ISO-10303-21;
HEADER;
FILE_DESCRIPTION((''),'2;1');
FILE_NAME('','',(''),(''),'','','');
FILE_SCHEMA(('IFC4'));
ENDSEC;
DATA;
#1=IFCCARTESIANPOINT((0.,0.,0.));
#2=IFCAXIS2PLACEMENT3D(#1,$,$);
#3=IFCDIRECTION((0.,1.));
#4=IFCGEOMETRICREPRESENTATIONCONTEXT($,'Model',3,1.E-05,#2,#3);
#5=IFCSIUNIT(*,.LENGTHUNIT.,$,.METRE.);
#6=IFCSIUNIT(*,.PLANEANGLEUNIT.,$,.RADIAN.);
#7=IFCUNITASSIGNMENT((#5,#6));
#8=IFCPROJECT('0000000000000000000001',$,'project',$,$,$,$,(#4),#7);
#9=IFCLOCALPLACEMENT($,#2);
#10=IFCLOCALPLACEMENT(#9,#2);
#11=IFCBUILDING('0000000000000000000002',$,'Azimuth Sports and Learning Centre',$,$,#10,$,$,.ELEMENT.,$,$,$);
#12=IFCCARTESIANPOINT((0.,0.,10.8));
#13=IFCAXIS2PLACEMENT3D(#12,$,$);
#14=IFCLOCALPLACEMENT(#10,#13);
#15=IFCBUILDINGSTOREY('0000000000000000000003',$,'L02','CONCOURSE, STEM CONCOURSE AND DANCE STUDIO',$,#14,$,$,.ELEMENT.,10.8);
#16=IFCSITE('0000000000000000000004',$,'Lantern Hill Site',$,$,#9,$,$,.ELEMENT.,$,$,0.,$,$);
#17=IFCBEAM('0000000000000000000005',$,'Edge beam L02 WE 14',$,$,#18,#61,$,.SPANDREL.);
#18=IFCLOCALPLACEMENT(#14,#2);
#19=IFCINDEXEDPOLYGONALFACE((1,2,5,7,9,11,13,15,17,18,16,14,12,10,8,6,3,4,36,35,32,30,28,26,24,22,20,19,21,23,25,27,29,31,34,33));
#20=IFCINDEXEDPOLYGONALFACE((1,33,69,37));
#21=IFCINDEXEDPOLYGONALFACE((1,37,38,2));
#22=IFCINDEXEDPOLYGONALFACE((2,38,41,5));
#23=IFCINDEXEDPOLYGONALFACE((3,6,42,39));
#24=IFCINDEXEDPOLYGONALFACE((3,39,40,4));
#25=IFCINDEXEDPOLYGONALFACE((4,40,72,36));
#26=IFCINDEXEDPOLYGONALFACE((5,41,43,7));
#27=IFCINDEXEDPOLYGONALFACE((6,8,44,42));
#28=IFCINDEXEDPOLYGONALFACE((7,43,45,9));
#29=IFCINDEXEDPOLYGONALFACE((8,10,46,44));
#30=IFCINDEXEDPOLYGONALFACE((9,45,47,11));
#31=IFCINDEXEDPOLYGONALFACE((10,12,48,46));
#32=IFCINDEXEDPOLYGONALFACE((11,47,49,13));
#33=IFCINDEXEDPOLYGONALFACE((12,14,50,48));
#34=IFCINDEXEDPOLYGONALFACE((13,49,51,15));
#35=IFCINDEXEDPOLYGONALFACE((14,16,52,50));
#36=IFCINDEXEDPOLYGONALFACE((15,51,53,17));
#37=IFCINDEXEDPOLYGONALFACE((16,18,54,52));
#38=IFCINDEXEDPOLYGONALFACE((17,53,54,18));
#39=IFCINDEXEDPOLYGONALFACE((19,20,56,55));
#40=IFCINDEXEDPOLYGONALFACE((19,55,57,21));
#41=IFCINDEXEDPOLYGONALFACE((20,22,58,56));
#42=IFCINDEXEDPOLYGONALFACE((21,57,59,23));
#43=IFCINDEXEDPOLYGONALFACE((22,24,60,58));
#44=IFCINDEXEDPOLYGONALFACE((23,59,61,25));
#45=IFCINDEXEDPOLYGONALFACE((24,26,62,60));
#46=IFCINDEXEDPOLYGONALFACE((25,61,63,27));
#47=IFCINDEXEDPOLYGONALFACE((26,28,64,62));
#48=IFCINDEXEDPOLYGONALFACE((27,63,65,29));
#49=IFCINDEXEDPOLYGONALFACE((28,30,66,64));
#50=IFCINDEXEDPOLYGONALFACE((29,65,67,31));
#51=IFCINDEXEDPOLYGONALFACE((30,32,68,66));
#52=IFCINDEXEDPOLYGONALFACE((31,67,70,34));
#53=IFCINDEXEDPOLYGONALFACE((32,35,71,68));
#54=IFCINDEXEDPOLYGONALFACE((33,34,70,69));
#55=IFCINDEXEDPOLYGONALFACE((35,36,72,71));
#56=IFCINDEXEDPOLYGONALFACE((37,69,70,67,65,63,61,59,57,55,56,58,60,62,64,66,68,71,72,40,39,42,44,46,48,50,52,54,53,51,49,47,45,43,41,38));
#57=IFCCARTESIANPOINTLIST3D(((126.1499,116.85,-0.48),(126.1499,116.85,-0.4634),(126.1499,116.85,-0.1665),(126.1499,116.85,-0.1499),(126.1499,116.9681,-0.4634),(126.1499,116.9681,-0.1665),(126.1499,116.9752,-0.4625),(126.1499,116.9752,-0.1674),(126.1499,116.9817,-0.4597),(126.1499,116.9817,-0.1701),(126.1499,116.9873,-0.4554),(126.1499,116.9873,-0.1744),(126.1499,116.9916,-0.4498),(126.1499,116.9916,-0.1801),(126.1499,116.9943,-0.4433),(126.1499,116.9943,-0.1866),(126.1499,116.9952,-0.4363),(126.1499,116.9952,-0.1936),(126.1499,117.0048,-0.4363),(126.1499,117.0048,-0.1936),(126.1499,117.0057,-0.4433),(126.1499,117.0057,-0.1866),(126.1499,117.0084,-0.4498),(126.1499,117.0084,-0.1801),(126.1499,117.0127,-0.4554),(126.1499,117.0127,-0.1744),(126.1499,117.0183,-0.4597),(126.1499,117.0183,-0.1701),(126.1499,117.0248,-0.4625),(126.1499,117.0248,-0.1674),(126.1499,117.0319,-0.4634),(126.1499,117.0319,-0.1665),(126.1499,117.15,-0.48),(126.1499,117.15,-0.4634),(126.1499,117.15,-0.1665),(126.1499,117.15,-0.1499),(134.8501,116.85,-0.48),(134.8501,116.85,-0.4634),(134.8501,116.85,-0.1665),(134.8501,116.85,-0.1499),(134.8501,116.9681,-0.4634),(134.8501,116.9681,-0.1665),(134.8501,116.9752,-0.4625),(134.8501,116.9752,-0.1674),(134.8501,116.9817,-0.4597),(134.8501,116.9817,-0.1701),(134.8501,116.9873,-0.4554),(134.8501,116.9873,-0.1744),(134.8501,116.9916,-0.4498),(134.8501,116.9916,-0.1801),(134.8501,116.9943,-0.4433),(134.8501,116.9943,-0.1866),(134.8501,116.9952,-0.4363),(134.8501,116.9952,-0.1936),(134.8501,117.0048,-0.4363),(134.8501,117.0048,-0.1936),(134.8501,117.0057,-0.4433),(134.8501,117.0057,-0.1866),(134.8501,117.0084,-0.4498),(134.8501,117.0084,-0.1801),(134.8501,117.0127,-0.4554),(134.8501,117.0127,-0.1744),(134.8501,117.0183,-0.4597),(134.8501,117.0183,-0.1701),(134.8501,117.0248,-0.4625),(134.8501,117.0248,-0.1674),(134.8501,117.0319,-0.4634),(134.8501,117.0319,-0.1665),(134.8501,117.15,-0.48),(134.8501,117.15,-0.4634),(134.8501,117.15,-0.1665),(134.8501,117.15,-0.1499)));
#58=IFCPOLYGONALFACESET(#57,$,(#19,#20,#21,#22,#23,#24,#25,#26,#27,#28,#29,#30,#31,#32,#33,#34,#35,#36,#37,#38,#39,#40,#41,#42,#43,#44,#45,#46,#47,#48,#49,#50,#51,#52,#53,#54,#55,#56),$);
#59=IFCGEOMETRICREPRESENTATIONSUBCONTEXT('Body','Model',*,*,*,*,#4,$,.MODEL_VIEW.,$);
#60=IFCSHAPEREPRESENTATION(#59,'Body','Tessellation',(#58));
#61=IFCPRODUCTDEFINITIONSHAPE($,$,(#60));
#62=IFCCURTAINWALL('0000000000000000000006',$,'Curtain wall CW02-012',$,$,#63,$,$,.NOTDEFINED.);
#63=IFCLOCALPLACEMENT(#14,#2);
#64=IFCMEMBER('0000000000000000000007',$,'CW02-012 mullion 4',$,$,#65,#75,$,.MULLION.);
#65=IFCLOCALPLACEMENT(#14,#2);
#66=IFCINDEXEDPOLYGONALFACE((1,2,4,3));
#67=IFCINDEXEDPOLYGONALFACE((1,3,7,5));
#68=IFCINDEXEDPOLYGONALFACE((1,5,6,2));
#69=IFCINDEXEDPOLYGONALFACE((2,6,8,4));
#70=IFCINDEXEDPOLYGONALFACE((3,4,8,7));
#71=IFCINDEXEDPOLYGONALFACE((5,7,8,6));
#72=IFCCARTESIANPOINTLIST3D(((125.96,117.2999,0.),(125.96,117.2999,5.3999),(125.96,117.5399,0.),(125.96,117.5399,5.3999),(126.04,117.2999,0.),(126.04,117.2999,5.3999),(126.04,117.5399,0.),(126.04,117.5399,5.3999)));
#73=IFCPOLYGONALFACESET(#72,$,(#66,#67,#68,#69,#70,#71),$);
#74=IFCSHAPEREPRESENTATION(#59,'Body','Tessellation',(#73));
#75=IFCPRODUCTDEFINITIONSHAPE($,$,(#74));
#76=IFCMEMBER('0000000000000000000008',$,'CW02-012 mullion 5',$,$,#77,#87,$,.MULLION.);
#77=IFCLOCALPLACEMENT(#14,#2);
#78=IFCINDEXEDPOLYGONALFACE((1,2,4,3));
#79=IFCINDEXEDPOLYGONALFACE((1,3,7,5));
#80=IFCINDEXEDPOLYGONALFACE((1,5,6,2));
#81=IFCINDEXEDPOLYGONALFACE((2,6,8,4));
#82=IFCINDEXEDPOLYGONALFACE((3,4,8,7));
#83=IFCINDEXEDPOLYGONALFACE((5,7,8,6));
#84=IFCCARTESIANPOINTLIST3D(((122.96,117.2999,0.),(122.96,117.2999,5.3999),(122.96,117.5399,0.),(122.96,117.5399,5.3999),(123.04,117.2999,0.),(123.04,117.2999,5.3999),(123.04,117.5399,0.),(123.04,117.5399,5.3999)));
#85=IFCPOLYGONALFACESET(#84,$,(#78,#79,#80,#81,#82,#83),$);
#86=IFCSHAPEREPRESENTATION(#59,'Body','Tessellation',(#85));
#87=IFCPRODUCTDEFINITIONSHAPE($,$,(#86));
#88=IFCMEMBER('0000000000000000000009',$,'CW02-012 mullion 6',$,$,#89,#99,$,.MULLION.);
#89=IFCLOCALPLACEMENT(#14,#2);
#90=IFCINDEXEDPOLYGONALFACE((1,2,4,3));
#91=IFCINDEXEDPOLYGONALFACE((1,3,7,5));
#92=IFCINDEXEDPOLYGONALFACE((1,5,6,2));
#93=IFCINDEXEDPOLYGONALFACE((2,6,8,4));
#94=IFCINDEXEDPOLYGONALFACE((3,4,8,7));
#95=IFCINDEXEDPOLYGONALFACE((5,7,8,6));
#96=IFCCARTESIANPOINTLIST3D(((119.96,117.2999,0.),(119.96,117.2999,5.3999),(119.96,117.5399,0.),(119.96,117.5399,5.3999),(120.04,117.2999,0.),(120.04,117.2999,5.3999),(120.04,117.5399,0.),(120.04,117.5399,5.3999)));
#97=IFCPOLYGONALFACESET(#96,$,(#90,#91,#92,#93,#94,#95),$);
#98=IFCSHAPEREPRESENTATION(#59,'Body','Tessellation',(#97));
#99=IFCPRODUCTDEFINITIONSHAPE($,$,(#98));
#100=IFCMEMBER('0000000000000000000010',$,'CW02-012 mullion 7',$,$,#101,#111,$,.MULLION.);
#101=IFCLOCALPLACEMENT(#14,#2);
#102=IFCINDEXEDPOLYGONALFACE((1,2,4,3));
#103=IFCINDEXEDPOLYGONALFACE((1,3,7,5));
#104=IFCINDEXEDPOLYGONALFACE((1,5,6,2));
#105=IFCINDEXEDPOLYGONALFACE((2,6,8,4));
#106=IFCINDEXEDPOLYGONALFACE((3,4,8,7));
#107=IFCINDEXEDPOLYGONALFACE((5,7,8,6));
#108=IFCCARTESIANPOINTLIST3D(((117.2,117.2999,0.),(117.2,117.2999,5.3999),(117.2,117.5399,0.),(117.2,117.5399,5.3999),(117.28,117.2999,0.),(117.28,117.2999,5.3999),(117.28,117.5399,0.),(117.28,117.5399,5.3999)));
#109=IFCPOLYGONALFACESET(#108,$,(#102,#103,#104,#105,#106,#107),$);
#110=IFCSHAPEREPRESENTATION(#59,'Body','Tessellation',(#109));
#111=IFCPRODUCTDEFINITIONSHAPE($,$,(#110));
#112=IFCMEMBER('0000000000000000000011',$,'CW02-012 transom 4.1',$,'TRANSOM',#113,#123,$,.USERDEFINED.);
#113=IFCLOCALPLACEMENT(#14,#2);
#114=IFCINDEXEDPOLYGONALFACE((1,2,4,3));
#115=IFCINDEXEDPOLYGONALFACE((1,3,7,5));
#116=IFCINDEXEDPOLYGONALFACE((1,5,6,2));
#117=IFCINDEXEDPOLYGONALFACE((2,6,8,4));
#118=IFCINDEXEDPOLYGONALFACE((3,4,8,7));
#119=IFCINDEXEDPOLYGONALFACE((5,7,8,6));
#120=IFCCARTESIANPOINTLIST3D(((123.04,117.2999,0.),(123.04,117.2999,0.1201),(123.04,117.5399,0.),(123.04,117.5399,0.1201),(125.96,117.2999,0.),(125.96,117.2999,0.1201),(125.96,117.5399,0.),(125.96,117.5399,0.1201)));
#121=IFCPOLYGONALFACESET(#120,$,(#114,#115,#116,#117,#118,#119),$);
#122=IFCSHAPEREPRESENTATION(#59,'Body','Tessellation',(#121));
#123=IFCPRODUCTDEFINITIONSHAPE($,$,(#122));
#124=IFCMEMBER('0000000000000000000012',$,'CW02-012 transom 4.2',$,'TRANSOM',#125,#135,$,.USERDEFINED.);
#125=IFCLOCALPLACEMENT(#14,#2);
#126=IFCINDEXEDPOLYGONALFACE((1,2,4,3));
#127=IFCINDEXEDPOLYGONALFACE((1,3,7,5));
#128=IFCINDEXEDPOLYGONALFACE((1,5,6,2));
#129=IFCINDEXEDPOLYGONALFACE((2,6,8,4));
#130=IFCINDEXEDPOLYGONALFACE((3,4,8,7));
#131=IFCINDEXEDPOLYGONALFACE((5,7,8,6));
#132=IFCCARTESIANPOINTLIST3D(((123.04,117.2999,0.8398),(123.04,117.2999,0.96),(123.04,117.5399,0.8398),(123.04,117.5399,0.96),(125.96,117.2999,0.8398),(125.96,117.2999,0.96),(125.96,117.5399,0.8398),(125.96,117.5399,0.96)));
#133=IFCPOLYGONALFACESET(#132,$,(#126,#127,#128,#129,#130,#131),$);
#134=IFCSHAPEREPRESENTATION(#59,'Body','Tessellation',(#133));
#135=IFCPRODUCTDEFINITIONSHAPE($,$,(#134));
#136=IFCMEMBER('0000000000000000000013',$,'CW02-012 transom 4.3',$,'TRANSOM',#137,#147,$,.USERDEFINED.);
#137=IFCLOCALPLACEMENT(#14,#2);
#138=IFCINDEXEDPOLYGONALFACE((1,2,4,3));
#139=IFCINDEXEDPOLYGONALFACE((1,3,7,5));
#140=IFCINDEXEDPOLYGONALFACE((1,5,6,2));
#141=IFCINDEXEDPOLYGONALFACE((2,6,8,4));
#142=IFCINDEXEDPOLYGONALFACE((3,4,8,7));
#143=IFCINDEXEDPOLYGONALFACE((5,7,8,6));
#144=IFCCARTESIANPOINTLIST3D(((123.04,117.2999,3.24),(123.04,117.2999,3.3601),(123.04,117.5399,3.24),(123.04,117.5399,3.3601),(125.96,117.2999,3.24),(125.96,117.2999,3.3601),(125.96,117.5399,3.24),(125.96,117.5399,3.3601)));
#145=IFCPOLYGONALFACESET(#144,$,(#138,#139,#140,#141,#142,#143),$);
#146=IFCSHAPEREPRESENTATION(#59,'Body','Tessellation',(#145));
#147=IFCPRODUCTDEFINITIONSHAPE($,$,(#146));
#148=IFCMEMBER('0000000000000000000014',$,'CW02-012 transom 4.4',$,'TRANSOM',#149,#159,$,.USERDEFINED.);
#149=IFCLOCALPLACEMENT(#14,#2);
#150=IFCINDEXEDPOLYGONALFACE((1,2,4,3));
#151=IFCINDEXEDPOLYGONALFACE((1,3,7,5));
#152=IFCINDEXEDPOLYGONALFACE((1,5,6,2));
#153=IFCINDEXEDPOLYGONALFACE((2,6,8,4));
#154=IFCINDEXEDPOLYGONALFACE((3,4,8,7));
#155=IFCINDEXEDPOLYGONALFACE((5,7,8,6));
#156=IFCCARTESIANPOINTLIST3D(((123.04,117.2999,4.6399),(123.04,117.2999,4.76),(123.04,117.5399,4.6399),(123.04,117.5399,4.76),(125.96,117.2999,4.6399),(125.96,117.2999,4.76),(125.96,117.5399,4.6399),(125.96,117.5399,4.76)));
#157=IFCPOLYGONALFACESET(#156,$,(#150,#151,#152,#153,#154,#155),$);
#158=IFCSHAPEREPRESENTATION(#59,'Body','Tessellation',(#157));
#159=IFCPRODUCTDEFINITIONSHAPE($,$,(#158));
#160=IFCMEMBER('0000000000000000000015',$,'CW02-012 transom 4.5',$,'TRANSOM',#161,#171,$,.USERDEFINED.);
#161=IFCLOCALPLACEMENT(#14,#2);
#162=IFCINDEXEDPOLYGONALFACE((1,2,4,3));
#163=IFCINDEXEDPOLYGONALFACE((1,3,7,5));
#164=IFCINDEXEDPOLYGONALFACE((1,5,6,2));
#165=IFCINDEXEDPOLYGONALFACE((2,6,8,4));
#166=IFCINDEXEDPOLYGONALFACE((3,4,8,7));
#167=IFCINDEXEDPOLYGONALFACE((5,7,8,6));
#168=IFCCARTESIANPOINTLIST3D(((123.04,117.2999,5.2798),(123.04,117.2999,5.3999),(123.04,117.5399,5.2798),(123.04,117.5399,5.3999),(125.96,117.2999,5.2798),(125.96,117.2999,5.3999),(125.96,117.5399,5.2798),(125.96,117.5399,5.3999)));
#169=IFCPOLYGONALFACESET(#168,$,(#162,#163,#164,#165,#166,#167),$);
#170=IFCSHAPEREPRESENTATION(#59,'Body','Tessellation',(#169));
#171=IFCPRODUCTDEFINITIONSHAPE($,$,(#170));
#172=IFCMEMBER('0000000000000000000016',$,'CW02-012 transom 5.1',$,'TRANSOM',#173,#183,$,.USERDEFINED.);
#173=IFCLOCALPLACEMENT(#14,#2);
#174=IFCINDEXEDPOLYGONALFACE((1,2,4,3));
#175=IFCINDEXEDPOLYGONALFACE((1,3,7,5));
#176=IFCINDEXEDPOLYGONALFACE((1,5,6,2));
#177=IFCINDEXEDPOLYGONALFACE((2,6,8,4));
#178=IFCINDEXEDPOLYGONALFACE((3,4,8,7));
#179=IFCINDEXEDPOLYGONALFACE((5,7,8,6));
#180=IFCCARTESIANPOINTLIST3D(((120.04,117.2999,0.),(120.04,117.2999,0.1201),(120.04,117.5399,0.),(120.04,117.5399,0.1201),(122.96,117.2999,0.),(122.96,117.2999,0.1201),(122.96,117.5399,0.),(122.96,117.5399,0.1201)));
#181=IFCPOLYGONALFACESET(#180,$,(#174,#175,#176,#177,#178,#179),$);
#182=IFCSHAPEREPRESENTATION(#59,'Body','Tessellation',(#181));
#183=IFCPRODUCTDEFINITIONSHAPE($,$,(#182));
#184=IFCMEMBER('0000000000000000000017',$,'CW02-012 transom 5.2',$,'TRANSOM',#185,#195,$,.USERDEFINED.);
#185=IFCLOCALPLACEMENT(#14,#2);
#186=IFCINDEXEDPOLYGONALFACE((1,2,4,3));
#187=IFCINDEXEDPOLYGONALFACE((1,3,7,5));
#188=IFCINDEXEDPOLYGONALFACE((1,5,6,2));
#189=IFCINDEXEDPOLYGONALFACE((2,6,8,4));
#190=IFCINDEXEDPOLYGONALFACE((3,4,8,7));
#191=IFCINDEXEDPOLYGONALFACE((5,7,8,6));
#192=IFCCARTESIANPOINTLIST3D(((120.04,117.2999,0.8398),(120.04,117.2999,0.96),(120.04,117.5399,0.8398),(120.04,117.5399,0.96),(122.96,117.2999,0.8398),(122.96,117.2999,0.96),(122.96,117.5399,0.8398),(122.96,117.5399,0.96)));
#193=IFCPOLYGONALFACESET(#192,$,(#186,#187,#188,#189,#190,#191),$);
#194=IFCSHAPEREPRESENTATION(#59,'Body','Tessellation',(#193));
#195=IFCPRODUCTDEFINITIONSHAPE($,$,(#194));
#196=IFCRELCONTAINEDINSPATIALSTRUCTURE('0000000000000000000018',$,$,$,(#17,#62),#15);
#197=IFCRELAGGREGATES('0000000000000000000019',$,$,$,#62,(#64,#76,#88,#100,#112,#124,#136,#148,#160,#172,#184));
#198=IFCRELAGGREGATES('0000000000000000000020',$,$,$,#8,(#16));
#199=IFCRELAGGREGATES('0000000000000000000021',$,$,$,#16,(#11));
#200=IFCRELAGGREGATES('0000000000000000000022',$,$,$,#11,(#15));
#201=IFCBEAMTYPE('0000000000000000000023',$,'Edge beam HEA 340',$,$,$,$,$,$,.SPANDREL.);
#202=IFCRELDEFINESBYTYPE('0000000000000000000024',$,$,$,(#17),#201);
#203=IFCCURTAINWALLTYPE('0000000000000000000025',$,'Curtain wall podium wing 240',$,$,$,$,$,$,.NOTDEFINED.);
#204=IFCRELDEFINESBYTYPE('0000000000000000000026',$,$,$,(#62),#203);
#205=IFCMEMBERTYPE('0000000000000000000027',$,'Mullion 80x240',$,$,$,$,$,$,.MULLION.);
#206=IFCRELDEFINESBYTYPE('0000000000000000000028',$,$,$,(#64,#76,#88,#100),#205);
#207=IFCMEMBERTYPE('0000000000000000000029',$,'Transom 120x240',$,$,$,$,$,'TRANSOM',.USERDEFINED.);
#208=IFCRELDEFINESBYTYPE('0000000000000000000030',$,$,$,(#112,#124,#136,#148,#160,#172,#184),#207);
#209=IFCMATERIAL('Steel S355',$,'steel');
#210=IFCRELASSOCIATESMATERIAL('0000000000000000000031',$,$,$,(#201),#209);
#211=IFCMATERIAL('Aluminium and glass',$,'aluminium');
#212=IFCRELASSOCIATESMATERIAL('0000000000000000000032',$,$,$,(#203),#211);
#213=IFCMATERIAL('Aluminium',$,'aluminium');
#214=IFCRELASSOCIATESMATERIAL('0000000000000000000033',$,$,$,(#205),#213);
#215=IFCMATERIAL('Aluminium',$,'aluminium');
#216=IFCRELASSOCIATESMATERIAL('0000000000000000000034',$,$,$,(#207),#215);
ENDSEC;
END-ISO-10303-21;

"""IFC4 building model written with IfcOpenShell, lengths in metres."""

from ifc_helpers import new_model, si_unit, direction, frame, origin, origin_2d, place, context, subcontext, project, spatial, rectangle, i_section, extrude, material, material_profile, profile_set, type_object, element, aggregate, save


model = new_model("IFC4")

# Units and contexts
model_context = context("Model", 3, precision=1e-05, world=origin(), true_north=direction((0.0, 1.0)))
body_context = subcontext(model_context, "Body", "Model", "MODEL_VIEW")
ifc_project = project(units=[si_unit("LENGTHUNIT", "METRE"), si_unit("PLANEANGLEUNIT", "RADIAN")], contexts=[model_context])

# Site, building, storey
site_placement = place(None, origin())
site = spatial("IfcSite", under=ifc_project, at=site_placement, Name="Lantern Hill Site", CompositionType="ELEMENT", RefElevation=0.0)
building_placement = place(site_placement, origin())
building = spatial("IfcBuilding", under=site, at=building_placement, Name="Azimuth Sports and Learning Centre", CompositionType="ELEMENT")
storey_placement = place(building_placement, frame((0.0, 0.0, 10.8)))
storey = spatial("IfcBuildingStorey", under=building, at=storey_placement, Name="L02", Description="CONCOURSE, STEM CONCOURSE AND DANCE STUDIO", CompositionType="ELEMENT", Elevation=10.8)

# Beam
ifc_material_1 = material(Name="Steel S355", Category="steel")
ifc_material_profile_1 = material_profile(ifc_material_1, i_section(OverallWidth=0.3, OverallDepth=0.3301, WebThickness=0.0095, FlangeThickness=0.0166, FilletRadius=0.0271, at=origin_2d()), Name="HEA 340")
ifc_profile_set_1 = profile_set([ifc_material_profile_1], Name="Steel S355")
beam_type = type_object("IfcBeamType", Name="Edge beam HEA 340", PredefinedType="SPANDREL", material=ifc_profile_set_1)
beam_placement = place(storey_placement, frame((126.1499, 117.0, -0.3149), z_axis=(1.0, 0.0, 0.0), x_axis=(0.0, 1.0, 0.0)))
element("IfcBeam", 1, at=beam_placement, inside=storey, type_object=beam_type, Name="Edge beam L02 WE 14", PredefinedType="SPANDREL", context=body_context, shape_type="SweptSolid", body=[
    extrude(i_section(OverallWidth=0.3, OverallDepth=0.3301, WebThickness=0.0095, FlangeThickness=0.0166, FilletRadius=0.0271, at=origin_2d()), origin(), (0.0, 0.0, 1.0), 8.7002),
])

# Curtain wall, members
ifc_material_2 = material(Name="Aluminium and glass", Category="aluminium")
curtain_wall_type = type_object("IfcCurtainWallType", Name="Curtain wall podium wing 240", PredefinedType="NOTDEFINED", material=ifc_material_2)
curtain_wall_placement = place(storey_placement, origin())
curtain_wall = element("IfcCurtainWall", 2, at=curtain_wall_placement, inside=storey, type_object=curtain_wall_type, Name="Curtain wall CW02-012", PredefinedType="NOTDEFINED")
ifc_material_3 = material(Name="Aluminium", Category="aluminium")
ifc_material_profile_2 = material_profile(ifc_material_3, rectangle(XDim=0.24, YDim=0.0801, at=origin_2d()), Name="Mullion 80x240")
ifc_profile_set_2 = profile_set([ifc_material_profile_2], Name="Aluminium")
member_type_1 = type_object("IfcMemberType", Name="Mullion 80x240", PredefinedType="MULLION", material=ifc_profile_set_2)
member_1_placement = place(storey_placement, frame((126.0, 117.4199, 0.0), z_axis=(0.0, 0.0, 1.0), x_axis=(0.0, -1.0, 0.0)))
member_1 = element("IfcMember", 3, at=member_1_placement, type_object=member_type_1, Name="CW02-012 mullion 4", PredefinedType="MULLION", context=body_context, shape_type="SweptSolid", body=[
    extrude(rectangle(XDim=0.24, YDim=0.0801, at=origin_2d()), origin(), (0.0, 0.0, 1.0), 5.3999),
])
member_2_placement = place(storey_placement, frame((123.0, 117.4199, 0.0), z_axis=(0.0, 0.0, 1.0), x_axis=(0.0, -1.0, 0.0)))
member_2 = element("IfcMember", 4, at=member_2_placement, type_object=member_type_1, Name="CW02-012 mullion 5", PredefinedType="MULLION", context=body_context, shape_type="SweptSolid", body=[
    extrude(rectangle(XDim=0.24, YDim=0.0801, at=origin_2d()), origin(), (0.0, 0.0, 1.0), 5.3999),
])
member_3_placement = place(storey_placement, frame((120.0, 117.4199, 0.0), z_axis=(0.0, 0.0, 1.0), x_axis=(0.0, -1.0, 0.0)))
member_3 = element("IfcMember", 5, at=member_3_placement, type_object=member_type_1, Name="CW02-012 mullion 6", PredefinedType="MULLION", context=body_context, shape_type="SweptSolid", body=[
    extrude(rectangle(XDim=0.24, YDim=0.0801, at=origin_2d()), origin(), (0.0, 0.0, 1.0), 5.3999),
])
member_4_placement = place(storey_placement, frame((117.24, 117.4199, 0.0), z_axis=(0.0, 0.0, 1.0), x_axis=(0.0, -1.0, 0.0)))
member_4 = element("IfcMember", 6, at=member_4_placement, type_object=member_type_1, Name="CW02-012 mullion 7", PredefinedType="MULLION", context=body_context, shape_type="SweptSolid", body=[
    extrude(rectangle(XDim=0.24, YDim=0.0801, at=origin_2d()), origin(), (0.0, 0.0, 1.0), 5.3999),
])
ifc_material_4 = material(Name="Aluminium", Category="aluminium")
ifc_material_profile_3 = material_profile(ifc_material_4, rectangle(XDim=0.24, YDim=0.1201, at=origin_2d()), Name="Transom 120x240")
ifc_profile_set_3 = profile_set([ifc_material_profile_3], Name="Aluminium")
member_type_2 = type_object("IfcMemberType", Name="Transom 120x240", ElementType="TRANSOM", PredefinedType="USERDEFINED", material=ifc_profile_set_3)
member_5_placement = place(storey_placement, frame((125.96, 117.4199, 0.0601), z_axis=(-1.0, 0.0, 0.0), x_axis=(0.0, -1.0, 0.0)))
member_5 = element("IfcMember", 7, at=member_5_placement, type_object=member_type_2, Name="CW02-012 transom 4.1", ObjectType="TRANSOM", PredefinedType="USERDEFINED", context=body_context, shape_type="SweptSolid", body=[
    extrude(rectangle(XDim=0.24, YDim=0.1201, at=origin_2d()), origin(), (0.0, 0.0, 1.0), 2.9199),
])
member_6_placement = place(storey_placement, frame((125.96, 117.4199, 0.8999), z_axis=(-1.0, 0.0, 0.0), x_axis=(0.0, -1.0, 0.0)))
member_6 = element("IfcMember", 8, at=member_6_placement, type_object=member_type_2, Name="CW02-012 transom 4.2", ObjectType="TRANSOM", PredefinedType="USERDEFINED", context=body_context, shape_type="SweptSolid", body=[
    extrude(rectangle(XDim=0.24, YDim=0.1201, at=origin_2d()), origin(), (0.0, 0.0, 1.0), 2.9199),
])
member_7_placement = place(storey_placement, frame((125.96, 117.4199, 3.3), z_axis=(-1.0, 0.0, 0.0), x_axis=(0.0, -1.0, 0.0)))
member_7 = element("IfcMember", 9, at=member_7_placement, type_object=member_type_2, Name="CW02-012 transom 4.3", ObjectType="TRANSOM", PredefinedType="USERDEFINED", context=body_context, shape_type="SweptSolid", body=[
    extrude(rectangle(XDim=0.24, YDim=0.1201, at=origin_2d()), origin(), (0.0, 0.0, 1.0), 2.9199),
])
member_8_placement = place(storey_placement, frame((125.96, 117.4199, 4.7), z_axis=(-1.0, 0.0, 0.0), x_axis=(0.0, -1.0, 0.0)))
member_8 = element("IfcMember", 10, at=member_8_placement, type_object=member_type_2, Name="CW02-012 transom 4.4", ObjectType="TRANSOM", PredefinedType="USERDEFINED", context=body_context, shape_type="SweptSolid", body=[
    extrude(rectangle(XDim=0.24, YDim=0.1201, at=origin_2d()), origin(), (0.0, 0.0, 1.0), 2.9199),
])
member_9_placement = place(storey_placement, frame((125.96, 117.4199, 5.3398), z_axis=(-1.0, 0.0, 0.0), x_axis=(0.0, -1.0, 0.0)))
member_9 = element("IfcMember", 11, at=member_9_placement, type_object=member_type_2, Name="CW02-012 transom 4.5", ObjectType="TRANSOM", PredefinedType="USERDEFINED", context=body_context, shape_type="SweptSolid", body=[
    extrude(rectangle(XDim=0.24, YDim=0.1201, at=origin_2d()), origin(), (0.0, 0.0, 1.0), 2.9199),
])
member_10_placement = place(storey_placement, frame((122.96, 117.4199, 0.0601), z_axis=(-1.0, 0.0, 0.0), x_axis=(0.0, -1.0, 0.0)))
member_10 = element("IfcMember", 12, at=member_10_placement, type_object=member_type_2, Name="CW02-012 transom 5.1", ObjectType="TRANSOM", PredefinedType="USERDEFINED", context=body_context, shape_type="SweptSolid", body=[
    extrude(rectangle(XDim=0.24, YDim=0.1201, at=origin_2d()), origin(), (0.0, 0.0, 1.0), 2.9199),
])
member_11_placement = place(storey_placement, frame((122.96, 117.4199, 0.8999), z_axis=(-1.0, 0.0, 0.0), x_axis=(0.0, -1.0, 0.0)))
member_11 = element("IfcMember", 13, at=member_11_placement, type_object=member_type_2, Name="CW02-012 transom 5.2", ObjectType="TRANSOM", PredefinedType="USERDEFINED", context=body_context, shape_type="SweptSolid", body=[
    extrude(rectangle(XDim=0.24, YDim=0.1201, at=origin_2d()), origin(), (0.0, 0.0, 1.0), 2.9199),
])
aggregate(curtain_wall, [member_1, member_2, member_3, member_4, member_5, member_6, member_7, member_8, member_9, member_10, member_11])

save(model, "model.ifc")
